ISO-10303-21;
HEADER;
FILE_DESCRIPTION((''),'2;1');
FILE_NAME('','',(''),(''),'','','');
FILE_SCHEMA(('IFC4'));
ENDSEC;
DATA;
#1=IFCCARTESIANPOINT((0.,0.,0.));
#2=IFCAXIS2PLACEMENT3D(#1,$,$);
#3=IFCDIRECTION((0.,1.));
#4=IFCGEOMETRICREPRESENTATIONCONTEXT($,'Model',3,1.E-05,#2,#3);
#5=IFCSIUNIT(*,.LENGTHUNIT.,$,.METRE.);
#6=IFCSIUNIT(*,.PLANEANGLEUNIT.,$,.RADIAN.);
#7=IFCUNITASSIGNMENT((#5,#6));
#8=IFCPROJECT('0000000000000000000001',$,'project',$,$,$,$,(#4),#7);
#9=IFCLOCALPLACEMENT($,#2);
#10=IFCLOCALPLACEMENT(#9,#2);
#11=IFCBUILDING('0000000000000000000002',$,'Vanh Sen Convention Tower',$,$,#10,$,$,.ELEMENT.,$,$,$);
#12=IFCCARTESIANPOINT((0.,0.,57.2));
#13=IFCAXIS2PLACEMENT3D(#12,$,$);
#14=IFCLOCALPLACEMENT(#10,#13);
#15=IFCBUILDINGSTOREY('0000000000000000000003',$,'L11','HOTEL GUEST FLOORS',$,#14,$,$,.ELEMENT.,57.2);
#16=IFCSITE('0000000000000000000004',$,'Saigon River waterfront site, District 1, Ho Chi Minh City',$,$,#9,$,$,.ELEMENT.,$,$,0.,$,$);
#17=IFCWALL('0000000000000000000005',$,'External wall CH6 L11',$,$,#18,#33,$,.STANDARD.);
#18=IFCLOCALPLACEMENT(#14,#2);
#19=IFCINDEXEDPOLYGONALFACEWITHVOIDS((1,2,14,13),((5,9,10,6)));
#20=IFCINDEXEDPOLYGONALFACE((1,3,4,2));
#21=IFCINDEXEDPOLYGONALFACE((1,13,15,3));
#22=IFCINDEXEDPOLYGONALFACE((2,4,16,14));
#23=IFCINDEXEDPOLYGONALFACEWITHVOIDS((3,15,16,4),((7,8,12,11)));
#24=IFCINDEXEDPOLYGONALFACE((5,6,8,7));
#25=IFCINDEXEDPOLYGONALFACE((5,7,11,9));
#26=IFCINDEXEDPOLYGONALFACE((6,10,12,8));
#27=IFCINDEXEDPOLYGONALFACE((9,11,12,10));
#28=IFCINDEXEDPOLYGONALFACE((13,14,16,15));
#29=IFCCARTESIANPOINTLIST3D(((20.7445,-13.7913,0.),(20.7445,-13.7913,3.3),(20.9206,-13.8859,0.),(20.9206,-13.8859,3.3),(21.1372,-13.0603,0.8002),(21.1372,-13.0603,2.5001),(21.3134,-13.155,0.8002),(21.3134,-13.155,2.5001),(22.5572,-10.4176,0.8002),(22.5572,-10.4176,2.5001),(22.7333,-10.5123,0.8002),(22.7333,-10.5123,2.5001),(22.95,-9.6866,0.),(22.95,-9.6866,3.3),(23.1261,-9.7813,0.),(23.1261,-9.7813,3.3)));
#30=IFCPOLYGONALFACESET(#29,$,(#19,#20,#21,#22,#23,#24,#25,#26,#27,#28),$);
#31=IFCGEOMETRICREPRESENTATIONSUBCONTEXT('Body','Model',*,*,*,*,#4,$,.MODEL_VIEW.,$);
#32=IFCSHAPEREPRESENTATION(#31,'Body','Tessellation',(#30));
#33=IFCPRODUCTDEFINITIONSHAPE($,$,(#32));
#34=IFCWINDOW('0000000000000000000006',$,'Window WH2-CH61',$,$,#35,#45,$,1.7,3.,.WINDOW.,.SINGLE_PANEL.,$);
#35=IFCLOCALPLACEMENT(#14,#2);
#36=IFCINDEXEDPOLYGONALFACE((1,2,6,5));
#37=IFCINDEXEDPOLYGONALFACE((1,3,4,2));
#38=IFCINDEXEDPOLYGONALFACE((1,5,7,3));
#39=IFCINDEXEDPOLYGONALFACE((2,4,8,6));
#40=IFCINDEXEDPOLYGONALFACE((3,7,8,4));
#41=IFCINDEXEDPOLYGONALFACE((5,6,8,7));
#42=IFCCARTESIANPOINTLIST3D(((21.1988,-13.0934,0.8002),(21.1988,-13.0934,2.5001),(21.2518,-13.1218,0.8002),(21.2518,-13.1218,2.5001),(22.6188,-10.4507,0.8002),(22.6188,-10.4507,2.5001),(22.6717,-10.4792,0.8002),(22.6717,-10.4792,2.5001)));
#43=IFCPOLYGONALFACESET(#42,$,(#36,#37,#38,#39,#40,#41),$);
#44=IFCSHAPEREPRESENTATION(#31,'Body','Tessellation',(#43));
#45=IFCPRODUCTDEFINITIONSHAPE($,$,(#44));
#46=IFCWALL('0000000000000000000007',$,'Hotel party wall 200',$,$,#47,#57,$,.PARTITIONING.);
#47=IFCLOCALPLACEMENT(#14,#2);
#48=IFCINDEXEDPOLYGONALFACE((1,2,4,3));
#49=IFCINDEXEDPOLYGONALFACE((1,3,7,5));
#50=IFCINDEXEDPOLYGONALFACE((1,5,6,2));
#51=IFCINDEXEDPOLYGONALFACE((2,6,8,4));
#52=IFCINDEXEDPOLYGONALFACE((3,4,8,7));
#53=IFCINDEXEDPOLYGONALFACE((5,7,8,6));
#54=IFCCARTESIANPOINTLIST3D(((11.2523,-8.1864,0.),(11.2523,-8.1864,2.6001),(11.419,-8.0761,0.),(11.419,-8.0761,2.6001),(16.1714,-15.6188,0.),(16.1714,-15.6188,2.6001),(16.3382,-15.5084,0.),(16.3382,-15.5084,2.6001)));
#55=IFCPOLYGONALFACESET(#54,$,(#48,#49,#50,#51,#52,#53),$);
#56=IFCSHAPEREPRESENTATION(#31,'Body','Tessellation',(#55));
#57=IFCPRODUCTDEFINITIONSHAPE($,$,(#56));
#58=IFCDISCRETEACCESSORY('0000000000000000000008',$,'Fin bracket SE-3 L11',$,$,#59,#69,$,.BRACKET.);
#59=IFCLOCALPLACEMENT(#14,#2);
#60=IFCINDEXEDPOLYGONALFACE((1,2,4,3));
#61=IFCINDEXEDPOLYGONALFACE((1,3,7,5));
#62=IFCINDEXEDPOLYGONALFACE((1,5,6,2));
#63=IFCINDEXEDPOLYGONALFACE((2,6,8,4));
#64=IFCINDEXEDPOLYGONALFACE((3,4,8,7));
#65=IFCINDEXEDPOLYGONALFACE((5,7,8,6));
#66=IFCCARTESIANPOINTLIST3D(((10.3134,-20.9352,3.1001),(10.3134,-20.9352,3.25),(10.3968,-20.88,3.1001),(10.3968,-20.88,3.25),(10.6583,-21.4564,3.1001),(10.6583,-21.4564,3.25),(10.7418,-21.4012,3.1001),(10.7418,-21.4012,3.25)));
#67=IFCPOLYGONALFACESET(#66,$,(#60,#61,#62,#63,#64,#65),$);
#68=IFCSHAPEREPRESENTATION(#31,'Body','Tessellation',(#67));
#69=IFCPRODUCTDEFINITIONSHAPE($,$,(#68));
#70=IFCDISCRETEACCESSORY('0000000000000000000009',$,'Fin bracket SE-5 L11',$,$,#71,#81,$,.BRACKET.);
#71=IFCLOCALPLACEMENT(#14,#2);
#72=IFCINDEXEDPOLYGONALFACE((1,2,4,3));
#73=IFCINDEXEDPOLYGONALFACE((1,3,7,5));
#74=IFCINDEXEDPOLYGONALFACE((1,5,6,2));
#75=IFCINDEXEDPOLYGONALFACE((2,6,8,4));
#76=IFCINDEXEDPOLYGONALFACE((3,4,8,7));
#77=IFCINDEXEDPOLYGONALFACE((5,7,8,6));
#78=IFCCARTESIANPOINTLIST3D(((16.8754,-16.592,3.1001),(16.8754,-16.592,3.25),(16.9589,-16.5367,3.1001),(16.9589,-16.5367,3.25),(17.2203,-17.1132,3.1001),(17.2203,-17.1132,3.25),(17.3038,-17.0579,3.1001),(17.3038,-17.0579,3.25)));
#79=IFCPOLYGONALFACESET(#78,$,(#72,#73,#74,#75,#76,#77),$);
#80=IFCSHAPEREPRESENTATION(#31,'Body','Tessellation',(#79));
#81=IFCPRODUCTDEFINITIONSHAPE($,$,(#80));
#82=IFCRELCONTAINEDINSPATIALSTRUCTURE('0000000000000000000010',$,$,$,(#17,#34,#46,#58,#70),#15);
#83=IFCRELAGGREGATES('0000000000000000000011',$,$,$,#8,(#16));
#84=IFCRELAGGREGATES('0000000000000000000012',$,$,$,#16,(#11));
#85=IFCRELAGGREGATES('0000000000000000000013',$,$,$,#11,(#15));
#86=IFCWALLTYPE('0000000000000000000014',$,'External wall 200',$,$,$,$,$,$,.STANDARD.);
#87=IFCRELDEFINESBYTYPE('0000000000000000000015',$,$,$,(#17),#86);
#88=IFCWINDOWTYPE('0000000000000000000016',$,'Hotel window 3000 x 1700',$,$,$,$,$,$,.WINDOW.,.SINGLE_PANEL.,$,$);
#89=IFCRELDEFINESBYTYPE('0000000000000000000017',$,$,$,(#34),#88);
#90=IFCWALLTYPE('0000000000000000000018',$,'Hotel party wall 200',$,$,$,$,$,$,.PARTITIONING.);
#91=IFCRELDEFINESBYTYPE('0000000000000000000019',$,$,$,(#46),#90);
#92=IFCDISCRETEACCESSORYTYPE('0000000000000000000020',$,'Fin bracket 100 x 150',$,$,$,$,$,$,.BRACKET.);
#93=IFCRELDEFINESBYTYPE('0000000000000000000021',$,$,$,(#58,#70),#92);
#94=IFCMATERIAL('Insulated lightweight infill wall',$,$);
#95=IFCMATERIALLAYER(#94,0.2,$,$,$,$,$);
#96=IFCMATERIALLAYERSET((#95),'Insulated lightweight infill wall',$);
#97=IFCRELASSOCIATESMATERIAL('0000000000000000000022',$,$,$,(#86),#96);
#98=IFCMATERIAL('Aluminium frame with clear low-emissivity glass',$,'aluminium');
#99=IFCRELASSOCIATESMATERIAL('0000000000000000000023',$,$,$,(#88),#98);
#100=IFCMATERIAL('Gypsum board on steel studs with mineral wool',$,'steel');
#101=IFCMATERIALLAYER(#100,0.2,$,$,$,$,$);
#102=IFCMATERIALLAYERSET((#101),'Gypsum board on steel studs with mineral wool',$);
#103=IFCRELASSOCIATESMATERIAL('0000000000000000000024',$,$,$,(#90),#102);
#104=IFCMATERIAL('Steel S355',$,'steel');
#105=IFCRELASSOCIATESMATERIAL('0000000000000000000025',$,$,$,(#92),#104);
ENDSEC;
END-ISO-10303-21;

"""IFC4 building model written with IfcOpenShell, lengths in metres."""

from ifc_helpers import new_model, si_unit, direction, frame, frame_2d, origin, origin_2d, place, context, subcontext, project, spatial, rectangle, extrude, material, layer, layer_set, type_object, element, fill, save


model = new_model("IFC4")

# Units and contexts
model_context = context("Model", 3, precision=1e-05, world=origin(), true_north=direction((0.0, 1.0)))
body_context = subcontext(model_context, "Body", "Model", "MODEL_VIEW")
ifc_project = project(units=[si_unit("LENGTHUNIT", "METRE"), si_unit("PLANEANGLEUNIT", "RADIAN")], contexts=[model_context])

# Site, building, storey
site_placement = place(None, origin())
site = spatial("IfcSite", under=ifc_project, at=site_placement, Name="Saigon River waterfront site, District 1, Ho Chi Minh City", CompositionType="ELEMENT", RefElevation=0.0)
building_placement = place(site_placement, origin())
building = spatial("IfcBuilding", under=site, at=building_placement, Name="Vanh Sen Convention Tower", CompositionType="ELEMENT")
storey_placement = place(building_placement, frame((0.0, 0.0, 57.2)))
storey = spatial("IfcBuildingStorey", under=building, at=storey_placement, Name="L11", Description="HOTEL GUEST FLOORS", CompositionType="ELEMENT", Elevation=57.2)

# Shared definitions
ifc_material_1 = material(Name="Insulated lightweight infill wall")
ifc_layer_1 = layer(ifc_material_1, 0.2)
ifc_layer_set_1 = layer_set([ifc_layer_1], Name="Insulated lightweight infill wall")
wall_type_1 = type_object("IfcWallType", Name="External wall 200", PredefinedType="STANDARD", material=ifc_layer_set_1)
ifc_material_2 = material(Name="Aluminium frame with clear low-emissivity glass", Category="aluminium")

# Wall, opening, window
wall_1_placement = place(storey_placement, frame((20.8325, -13.8386, 0.0), z_axis=(0.0, 0.0, 1.0), x_axis=(0.473322, 0.88089, 0.0)))
wall_1 = element("IfcWall", 1, at=wall_1_placement, inside=storey, type_object=wall_type_1, Name="External wall CH6 L11", PredefinedType="STANDARD", context=body_context, shape_type="SweptSolid", body=[
    extrude(rectangle(XDim=4.6597, YDim=0.2, at=frame_2d((2.3298, 0.0))), origin(), (0.0, 0.0, 1.0), 3.3),
])
opening_1_placement = place(wall_1_placement, frame((0.8298, 0.0, 0.8)))
opening_1 = element("IfcOpeningElement", 2, at=opening_1_placement, cuts=wall_1, PredefinedType="OPENING", context=body_context, shape_type="SweptSolid", body=[
    extrude(rectangle(XDim=3.0, YDim=1.7, at=frame_2d((1.5, 0.8501))), frame((0.0, 0.1099, 0.0), z_axis=(0.0, -1.0, 0.0), x_axis=(1.0, 0.0, 0.0)), (0.0, 0.0, 1.0), 0.22),
])
window_type_1 = type_object("IfcWindowType", Name="Hotel window 3000 x 1700", PartitioningType="SINGLE_PANEL", PredefinedType="WINDOW", material=ifc_material_2)
window_1_placement = place(opening_1_placement, origin())
window_1 = element("IfcWindow", 3, at=window_1_placement, inside=storey, type_object=window_type_1, Name="Window WH2-CH61", OverallHeight=1.7, OverallWidth=3.0, PartitioningType="SINGLE_PANEL", PredefinedType="WINDOW", context=body_context, shape_type="SweptSolid", body=[
    extrude(rectangle(XDim=3.0, YDim=1.7, at=frame_2d((1.5, 0.8501))), frame((0.0, 0.03, 0.0), z_axis=(0.0, -1.0, 0.0), x_axis=(1.0, 0.0, 0.0)), (0.0, 0.0, 1.0), 0.0601),
])
fill(opening_1, window_1)

# Wall
ifc_material_3 = material(Name="Gypsum board on steel studs with mineral wool", Category="steel")
ifc_layer_2 = layer(ifc_material_3, 0.2)
ifc_layer_set_2 = layer_set([ifc_layer_2], Name="Gypsum board on steel studs with mineral wool")
wall_type_2 = type_object("IfcWallType", Name="Hotel party wall 200", PredefinedType="PARTITIONING", material=ifc_layer_set_2)
wall_2_placement = place(storey_placement, frame((16.2549, -15.5637, 0.0), z_axis=(0.0, 0.0, 1.0), x_axis=(-0.551922, 0.833896, 0.0)))
element("IfcWall", 4, at=wall_2_placement, inside=storey, type_object=wall_type_2, Name="Hotel party wall 200", PredefinedType="PARTITIONING", context=body_context, shape_type="SweptSolid", body=[
    extrude(rectangle(XDim=8.9128, YDim=0.2, at=frame_2d((4.4565, 0.0))), origin(), (0.0, 0.0, 1.0), 2.6001),
])

# Discrete accessories
ifc_material_4 = material(Name="Steel S355", Category="steel")
discrete_accessory_type = type_object("IfcDiscreteAccessoryType", Name="Fin bracket 100 x 150", PredefinedType="BRACKET", material=ifc_material_4)
for number, where, z_axis, x_axis, name in (
    (5, (10.5276, -21.1682, 3.1001), (0.0, 0.0, 1.0), (0.551937, -0.833886, 0.0), "Fin bracket SE-3 L11"),
    (6, (17.0896, -16.825, 3.1001), (0.0, 0.0, 1.0), (0.551937, -0.833886, 0.0), "Fin bracket SE-5 L11"),
):
    element("IfcDiscreteAccessory", number, at=place(storey_placement, frame(where, z_axis=z_axis, x_axis=x_axis)), inside=storey, type_object=discrete_accessory_type, Name=name, PredefinedType="BRACKET", context=body_context, shape_type="SweptSolid", body=[
        extrude(rectangle(XDim=0.625, YDim=0.1001, at=origin_2d()), origin(), (0.0, 0.0, 1.0), 0.1499),
    ])

save(model, "model.ifc")
